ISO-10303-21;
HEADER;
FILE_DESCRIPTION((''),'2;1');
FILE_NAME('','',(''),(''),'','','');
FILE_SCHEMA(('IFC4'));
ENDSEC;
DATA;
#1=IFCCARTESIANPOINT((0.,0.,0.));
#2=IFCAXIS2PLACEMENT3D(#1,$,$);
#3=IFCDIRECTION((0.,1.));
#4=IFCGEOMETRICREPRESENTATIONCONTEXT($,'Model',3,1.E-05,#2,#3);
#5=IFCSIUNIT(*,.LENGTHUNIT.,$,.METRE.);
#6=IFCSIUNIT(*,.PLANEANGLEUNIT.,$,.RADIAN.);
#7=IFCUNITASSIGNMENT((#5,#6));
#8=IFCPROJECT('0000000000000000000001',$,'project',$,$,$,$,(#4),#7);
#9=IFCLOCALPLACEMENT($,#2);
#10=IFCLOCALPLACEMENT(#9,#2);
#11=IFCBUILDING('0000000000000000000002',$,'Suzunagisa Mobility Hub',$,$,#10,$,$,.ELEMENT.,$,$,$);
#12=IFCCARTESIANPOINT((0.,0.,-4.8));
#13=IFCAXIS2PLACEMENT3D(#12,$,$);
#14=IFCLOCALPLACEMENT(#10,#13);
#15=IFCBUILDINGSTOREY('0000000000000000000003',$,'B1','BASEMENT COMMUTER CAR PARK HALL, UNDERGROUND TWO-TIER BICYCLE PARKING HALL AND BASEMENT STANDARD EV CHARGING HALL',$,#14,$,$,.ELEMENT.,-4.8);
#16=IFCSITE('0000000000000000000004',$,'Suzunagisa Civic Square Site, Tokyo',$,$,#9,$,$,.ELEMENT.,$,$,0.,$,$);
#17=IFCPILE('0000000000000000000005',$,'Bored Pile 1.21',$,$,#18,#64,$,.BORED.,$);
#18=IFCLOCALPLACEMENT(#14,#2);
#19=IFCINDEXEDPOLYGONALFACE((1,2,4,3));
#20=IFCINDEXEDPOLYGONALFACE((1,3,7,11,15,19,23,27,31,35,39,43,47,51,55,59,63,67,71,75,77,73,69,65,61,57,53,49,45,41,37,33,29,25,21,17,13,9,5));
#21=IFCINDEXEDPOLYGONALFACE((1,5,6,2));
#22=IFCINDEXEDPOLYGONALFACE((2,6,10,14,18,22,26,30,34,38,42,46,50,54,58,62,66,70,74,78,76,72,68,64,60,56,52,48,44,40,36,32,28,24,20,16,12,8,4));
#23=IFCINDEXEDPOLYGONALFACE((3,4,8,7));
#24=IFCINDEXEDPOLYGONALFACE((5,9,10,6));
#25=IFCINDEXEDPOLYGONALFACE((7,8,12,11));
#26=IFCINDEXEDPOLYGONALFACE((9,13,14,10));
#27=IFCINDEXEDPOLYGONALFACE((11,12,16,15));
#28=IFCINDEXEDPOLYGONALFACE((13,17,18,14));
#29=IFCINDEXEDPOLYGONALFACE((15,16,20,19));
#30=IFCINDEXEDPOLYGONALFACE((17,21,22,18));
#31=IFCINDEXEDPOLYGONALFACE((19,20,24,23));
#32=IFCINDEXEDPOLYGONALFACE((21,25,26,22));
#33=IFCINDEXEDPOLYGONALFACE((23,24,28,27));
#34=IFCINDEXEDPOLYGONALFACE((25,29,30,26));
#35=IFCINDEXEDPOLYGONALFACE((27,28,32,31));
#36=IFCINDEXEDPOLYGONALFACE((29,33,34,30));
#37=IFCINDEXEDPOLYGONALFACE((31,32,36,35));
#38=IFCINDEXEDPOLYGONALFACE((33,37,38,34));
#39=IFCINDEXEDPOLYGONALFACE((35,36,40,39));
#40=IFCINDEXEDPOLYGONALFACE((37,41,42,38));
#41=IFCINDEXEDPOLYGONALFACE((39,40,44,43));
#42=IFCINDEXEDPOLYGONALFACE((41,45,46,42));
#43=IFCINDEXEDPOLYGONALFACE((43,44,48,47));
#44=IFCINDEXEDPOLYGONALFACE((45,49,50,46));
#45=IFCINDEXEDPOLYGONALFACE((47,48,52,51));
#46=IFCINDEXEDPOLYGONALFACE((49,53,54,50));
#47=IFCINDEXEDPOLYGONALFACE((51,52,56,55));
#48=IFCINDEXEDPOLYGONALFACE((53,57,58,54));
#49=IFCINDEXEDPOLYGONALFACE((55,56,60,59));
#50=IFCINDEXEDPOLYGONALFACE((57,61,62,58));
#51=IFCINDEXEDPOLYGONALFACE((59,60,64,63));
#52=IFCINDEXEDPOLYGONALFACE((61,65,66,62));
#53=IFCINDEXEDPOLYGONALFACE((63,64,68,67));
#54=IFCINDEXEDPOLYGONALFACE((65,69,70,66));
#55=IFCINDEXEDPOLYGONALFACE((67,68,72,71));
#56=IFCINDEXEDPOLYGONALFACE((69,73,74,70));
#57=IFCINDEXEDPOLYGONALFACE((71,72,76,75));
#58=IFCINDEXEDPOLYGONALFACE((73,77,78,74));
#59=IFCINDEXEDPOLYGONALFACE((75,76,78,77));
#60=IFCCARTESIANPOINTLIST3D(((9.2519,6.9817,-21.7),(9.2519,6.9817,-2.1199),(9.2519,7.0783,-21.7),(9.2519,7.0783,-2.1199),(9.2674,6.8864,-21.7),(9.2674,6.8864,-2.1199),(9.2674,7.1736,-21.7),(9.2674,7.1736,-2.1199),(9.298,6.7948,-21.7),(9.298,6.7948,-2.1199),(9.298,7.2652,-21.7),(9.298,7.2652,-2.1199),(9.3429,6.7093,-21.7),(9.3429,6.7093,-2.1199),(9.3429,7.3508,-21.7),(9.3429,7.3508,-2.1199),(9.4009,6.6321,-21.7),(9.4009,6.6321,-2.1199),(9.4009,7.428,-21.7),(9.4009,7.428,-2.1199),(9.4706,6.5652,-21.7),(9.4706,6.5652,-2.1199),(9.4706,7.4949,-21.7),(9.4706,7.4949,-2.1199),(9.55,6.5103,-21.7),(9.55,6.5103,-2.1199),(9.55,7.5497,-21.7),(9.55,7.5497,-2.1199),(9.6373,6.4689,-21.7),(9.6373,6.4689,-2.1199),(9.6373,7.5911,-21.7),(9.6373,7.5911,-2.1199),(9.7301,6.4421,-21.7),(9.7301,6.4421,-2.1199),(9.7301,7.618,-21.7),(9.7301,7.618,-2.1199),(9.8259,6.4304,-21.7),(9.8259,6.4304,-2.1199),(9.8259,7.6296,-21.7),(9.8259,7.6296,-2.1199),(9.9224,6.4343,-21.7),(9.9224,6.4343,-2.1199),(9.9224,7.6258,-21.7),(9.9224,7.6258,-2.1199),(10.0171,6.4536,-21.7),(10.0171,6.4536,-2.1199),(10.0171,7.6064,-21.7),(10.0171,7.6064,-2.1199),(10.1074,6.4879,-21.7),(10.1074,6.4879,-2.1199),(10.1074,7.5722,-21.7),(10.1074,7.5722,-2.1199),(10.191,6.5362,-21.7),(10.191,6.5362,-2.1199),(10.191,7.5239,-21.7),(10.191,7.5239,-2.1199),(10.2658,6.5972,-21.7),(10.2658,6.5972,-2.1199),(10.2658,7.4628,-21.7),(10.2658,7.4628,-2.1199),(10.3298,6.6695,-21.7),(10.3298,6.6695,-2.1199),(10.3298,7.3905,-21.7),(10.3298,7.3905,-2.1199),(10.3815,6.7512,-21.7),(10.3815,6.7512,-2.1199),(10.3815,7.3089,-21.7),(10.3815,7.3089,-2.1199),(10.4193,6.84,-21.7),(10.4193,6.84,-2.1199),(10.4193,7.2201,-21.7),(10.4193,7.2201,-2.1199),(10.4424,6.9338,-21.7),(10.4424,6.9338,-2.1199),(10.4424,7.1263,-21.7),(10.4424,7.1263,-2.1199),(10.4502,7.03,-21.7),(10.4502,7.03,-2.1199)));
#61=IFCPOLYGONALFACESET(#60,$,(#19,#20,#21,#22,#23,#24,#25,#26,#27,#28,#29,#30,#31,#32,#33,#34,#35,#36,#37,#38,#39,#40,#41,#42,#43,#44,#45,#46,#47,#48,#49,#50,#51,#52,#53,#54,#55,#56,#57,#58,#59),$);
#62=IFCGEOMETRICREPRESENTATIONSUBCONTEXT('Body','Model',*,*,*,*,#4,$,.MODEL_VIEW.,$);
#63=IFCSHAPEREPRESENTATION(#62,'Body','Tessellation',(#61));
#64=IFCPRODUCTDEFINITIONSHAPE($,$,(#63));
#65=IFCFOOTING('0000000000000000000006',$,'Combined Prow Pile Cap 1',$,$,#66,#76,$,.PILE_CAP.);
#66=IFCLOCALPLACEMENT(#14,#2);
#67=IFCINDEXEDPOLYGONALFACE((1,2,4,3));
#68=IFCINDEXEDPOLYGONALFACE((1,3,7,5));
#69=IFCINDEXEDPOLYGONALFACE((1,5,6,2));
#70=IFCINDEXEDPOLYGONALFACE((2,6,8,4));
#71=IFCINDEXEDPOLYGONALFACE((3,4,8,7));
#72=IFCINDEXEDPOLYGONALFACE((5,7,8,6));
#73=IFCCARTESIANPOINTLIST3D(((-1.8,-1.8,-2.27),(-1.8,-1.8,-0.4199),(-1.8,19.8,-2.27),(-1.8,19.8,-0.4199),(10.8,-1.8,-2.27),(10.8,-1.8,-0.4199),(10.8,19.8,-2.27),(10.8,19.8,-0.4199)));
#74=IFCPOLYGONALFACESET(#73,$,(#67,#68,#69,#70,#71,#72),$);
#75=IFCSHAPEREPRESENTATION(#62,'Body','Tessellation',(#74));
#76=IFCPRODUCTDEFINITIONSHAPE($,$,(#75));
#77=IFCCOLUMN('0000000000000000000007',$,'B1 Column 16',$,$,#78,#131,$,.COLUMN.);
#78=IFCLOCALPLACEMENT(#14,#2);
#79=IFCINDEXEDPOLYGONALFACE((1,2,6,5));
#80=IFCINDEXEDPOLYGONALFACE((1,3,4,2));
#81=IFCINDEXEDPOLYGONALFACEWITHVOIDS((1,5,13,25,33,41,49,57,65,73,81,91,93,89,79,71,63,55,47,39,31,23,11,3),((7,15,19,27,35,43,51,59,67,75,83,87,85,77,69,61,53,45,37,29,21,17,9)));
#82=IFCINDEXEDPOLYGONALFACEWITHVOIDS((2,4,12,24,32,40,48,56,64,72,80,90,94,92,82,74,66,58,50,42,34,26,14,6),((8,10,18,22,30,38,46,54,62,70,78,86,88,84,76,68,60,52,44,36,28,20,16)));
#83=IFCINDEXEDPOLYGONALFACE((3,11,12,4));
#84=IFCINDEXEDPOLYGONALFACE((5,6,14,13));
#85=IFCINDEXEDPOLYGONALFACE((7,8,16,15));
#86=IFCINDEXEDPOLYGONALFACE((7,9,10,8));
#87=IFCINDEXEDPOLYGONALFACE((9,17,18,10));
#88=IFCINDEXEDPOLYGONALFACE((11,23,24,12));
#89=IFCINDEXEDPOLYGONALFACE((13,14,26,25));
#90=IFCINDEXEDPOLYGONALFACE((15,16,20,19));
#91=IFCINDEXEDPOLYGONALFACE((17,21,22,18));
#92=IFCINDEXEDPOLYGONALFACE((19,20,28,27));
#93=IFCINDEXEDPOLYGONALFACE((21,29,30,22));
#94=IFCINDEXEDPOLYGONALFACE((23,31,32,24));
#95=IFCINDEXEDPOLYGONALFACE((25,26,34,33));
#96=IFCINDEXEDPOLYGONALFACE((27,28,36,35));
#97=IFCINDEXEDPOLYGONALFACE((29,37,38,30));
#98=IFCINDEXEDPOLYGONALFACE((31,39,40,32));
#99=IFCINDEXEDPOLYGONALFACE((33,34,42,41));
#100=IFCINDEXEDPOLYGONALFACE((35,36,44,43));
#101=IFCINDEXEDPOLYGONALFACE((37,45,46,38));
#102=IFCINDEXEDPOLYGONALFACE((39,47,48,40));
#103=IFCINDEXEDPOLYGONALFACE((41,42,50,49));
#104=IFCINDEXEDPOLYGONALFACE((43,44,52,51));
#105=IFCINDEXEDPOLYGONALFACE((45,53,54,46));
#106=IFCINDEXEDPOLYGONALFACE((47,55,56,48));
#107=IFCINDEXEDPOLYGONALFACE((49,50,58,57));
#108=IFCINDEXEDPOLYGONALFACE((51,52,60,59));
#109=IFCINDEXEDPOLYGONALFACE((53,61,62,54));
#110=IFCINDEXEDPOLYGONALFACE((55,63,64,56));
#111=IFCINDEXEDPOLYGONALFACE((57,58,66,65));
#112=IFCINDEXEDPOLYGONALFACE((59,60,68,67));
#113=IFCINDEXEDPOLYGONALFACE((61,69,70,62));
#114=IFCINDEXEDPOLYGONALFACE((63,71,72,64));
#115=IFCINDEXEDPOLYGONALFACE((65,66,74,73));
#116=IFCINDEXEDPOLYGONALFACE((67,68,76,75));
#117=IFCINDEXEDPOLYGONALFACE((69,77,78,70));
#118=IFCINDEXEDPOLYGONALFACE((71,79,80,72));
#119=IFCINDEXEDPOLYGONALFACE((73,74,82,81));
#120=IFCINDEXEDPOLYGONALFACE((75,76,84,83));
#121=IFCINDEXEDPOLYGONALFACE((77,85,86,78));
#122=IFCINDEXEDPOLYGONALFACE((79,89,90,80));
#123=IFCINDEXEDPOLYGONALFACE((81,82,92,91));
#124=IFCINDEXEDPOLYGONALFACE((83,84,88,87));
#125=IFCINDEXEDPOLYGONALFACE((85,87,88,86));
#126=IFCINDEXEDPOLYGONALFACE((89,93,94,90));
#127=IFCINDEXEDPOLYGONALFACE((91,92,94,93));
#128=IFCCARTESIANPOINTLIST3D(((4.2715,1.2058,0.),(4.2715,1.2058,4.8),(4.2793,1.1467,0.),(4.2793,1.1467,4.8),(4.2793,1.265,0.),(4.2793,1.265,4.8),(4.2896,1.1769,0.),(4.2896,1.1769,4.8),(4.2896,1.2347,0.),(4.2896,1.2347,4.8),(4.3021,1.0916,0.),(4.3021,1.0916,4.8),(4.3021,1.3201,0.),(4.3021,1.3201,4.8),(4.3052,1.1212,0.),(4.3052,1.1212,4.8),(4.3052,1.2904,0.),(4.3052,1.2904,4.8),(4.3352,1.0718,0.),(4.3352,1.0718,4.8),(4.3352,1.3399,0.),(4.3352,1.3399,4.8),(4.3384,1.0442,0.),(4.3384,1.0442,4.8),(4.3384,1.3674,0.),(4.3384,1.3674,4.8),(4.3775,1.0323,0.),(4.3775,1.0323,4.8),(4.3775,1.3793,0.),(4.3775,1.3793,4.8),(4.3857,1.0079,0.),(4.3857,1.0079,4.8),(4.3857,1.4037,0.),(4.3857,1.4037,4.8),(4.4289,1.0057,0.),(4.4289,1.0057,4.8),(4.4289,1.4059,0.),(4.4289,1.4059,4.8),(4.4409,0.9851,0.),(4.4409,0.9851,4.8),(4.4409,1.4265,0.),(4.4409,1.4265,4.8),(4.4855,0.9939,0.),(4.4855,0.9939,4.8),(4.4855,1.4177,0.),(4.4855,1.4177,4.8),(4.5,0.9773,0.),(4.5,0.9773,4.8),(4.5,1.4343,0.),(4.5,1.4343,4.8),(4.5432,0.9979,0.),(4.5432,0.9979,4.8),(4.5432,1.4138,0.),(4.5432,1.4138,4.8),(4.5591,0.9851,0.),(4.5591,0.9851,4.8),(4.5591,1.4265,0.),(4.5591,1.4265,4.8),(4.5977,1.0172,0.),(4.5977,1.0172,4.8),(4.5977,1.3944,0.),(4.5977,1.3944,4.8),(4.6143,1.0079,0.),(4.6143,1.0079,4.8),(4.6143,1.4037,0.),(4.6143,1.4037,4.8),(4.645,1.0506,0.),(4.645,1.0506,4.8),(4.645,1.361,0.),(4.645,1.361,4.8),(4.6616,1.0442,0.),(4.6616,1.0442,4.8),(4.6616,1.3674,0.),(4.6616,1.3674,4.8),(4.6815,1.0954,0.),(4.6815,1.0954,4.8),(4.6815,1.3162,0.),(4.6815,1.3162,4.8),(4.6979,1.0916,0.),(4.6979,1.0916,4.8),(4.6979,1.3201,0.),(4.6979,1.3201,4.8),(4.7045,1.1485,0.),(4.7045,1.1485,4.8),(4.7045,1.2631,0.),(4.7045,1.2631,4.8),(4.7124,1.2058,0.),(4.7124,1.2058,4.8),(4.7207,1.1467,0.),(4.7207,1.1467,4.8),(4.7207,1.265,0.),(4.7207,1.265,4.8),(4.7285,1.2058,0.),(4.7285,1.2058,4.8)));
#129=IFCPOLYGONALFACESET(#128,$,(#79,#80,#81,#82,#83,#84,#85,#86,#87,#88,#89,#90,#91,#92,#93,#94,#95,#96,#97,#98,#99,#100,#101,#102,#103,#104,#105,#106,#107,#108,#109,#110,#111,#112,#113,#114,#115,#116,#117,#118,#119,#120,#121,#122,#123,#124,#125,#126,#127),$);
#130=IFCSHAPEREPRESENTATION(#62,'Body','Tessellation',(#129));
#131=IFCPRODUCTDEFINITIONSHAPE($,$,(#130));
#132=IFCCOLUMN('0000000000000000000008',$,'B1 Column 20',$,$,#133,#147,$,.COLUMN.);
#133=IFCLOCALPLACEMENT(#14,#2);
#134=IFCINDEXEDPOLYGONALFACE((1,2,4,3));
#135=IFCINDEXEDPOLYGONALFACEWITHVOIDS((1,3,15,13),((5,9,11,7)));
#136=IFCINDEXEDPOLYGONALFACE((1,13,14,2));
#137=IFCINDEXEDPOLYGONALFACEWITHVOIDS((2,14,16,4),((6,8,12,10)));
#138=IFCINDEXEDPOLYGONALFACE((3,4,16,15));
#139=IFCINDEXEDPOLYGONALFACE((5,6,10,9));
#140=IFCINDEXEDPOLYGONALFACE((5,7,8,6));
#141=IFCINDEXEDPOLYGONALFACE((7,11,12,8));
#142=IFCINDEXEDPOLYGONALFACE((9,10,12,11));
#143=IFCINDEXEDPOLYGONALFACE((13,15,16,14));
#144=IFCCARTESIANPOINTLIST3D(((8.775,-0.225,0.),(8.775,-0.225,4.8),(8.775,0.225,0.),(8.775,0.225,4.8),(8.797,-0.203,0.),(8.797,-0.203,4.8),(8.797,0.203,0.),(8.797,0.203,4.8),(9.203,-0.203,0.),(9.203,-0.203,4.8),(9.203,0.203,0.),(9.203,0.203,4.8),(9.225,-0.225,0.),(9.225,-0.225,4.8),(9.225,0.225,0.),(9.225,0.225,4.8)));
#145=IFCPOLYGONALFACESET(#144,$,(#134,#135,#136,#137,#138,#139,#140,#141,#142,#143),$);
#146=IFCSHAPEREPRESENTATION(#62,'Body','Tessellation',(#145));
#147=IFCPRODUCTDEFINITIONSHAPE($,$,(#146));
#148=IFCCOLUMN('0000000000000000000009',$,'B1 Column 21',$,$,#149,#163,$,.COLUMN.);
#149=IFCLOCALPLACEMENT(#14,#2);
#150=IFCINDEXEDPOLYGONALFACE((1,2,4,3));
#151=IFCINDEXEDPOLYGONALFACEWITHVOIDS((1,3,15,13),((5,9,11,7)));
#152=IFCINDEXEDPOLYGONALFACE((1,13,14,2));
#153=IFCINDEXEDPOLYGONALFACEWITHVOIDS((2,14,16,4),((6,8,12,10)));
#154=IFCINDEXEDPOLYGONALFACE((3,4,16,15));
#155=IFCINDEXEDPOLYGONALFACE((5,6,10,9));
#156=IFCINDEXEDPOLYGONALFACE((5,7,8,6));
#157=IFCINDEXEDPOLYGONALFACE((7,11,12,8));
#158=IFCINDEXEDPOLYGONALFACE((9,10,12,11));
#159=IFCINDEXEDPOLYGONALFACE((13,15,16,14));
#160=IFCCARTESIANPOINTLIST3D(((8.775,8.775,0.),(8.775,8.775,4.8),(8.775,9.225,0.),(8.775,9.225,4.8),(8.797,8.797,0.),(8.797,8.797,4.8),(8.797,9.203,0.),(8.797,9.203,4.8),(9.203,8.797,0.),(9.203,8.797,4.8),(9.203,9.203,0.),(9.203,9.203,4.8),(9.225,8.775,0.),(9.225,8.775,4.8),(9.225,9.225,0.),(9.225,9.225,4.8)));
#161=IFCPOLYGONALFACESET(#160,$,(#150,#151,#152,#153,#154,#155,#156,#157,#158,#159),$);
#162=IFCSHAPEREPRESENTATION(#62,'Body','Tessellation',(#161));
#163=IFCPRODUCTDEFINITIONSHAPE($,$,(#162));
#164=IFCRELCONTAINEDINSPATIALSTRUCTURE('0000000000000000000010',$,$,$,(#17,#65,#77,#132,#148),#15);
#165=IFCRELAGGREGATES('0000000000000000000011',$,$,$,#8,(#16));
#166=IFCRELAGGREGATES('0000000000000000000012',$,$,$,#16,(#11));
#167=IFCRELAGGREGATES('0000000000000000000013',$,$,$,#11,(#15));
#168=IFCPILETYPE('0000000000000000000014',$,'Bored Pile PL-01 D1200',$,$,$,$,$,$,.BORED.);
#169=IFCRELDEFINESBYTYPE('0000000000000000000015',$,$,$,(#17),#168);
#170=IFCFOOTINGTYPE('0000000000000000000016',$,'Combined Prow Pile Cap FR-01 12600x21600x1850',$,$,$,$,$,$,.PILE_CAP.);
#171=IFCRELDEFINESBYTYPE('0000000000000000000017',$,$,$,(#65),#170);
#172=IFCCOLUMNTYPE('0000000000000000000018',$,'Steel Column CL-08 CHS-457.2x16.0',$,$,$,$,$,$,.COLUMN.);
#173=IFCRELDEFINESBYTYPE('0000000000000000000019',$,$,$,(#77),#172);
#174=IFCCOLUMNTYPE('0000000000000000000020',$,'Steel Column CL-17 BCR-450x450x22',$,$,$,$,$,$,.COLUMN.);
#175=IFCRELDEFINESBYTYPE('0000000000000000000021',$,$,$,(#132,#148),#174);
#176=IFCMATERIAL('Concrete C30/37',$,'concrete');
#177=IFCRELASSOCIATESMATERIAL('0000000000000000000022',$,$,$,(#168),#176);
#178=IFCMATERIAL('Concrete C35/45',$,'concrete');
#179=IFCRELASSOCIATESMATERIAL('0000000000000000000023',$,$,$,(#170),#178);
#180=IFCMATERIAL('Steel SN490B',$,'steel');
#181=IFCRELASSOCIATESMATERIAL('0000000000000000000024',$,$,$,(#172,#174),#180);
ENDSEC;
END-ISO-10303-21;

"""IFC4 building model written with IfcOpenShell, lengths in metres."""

from ifc_helpers import new_model, si_unit, direction, frame, origin, origin_2d, place, context, subcontext, project, spatial, rectangle, hollow_rectangle, circle, hollow_circle, extrude, material, material_profile, profile_set, type_object, element, save


model = new_model("IFC4")

# Units and contexts
model_context = context("Model", 3, precision=1e-05, world=origin(), true_north=direction((0.0, 1.0)))
body_context = subcontext(model_context, "Body", "Model", "MODEL_VIEW")
ifc_project = project(units=[si_unit("LENGTHUNIT", "METRE"), si_unit("PLANEANGLEUNIT", "RADIAN")], contexts=[model_context])

# Site, building, storey
site_placement = place(None, origin())
site = spatial("IfcSite", under=ifc_project, at=site_placement, Name="Suzunagisa Civic Square Site, Tokyo", CompositionType="ELEMENT", RefElevation=0.0)
building_placement = place(site_placement, origin())
building = spatial("IfcBuilding", under=site, at=building_placement, Name="Suzunagisa Mobility Hub", CompositionType="ELEMENT")
storey_placement = place(building_placement, frame((0.0, 0.0, -4.8)))
storey = spatial("IfcBuildingStorey", under=building, at=storey_placement, Name="B1", Description="BASEMENT COMMUTER CAR PARK HALL, UNDERGROUND TWO-TIER BICYCLE PARKING HALL AND BASEMENT STANDARD EV CHARGING HALL", CompositionType="ELEMENT", Elevation=-4.8)

# Pile
ifc_material_1 = material(Name="Concrete C30/37", Category="concrete")
ifc_material_profile_1 = material_profile(ifc_material_1, circle(Radius=0.6001, at=origin_2d()), Name="BORED PILE D1200")
ifc_profile_set_1 = profile_set([ifc_material_profile_1], Name="Concrete C30/37")
pile_type = type_object("IfcPileType", Name="Bored Pile PL-01 D1200", PredefinedType="BORED", material=ifc_profile_set_1)
for number, where, z_axis, x_axis, name in (
    (1, (9.8501, 7.03, -2.1199), (0.0, 0.0, -1.0), (1.0, 0.0, 0.0), "Bored Pile 1.21"),
):
    element("IfcPile", number, at=place(storey_placement, frame(where, z_axis=z_axis, x_axis=x_axis)), inside=storey, type_object=pile_type, Name=name, PredefinedType="BORED", context=body_context, shape_type="SweptSolid", body=[
        extrude(circle(Radius=0.6001, at=origin_2d()), origin(), (0.0, 0.0, 1.0), 19.5801),
    ])

# Footing
ifc_material_2 = material(Name="Concrete C35/45", Category="concrete")
footing_type = type_object("IfcFootingType", Name="Combined Prow Pile Cap FR-01 12600x21600x1850", PredefinedType="PILE_CAP", material=ifc_material_2)
footing_placement = place(storey_placement, frame((4.5, 9.0, -2.27), z_axis=(0.0, 0.0, 1.0), x_axis=(1.0, 0.0, 0.0)))
element("IfcFooting", 2, at=footing_placement, inside=storey, type_object=footing_type, Name="Combined Prow Pile Cap 1", PredefinedType="PILE_CAP", context=body_context, shape_type="SweptSolid", body=[
    extrude(rectangle(XDim=12.6001, YDim=21.6001, at=origin_2d()), origin(), (0.0, 0.0, 1.0), 1.8501),
])

# Columns
ifc_material_3 = material(Name="Steel SN490B", Category="steel")
ifc_material_profile_2 = material_profile(ifc_material_3, hollow_circle(Radius=0.2285, WallThickness=0.0161, at=origin_2d()), Name="CHS-457.2x16.0")
ifc_profile_set_2 = profile_set([ifc_material_profile_2], Name="Steel SN490B")
column_type_1 = type_object("IfcColumnType", Name="Steel Column CL-08 CHS-457.2x16.0", PredefinedType="COLUMN", material=ifc_profile_set_2)
column_placement = place(storey_placement, frame((4.5, 1.2058, 0.0), z_axis=(0.0, 0.0, 1.0), x_axis=(1.0, 0.0, 0.0)))
element("IfcColumn", 3, at=column_placement, inside=storey, type_object=column_type_1, Name="B1 Column 16", PredefinedType="COLUMN", context=body_context, shape_type="SweptSolid", body=[
    extrude(hollow_circle(Radius=0.2285, WallThickness=0.0161, at=origin_2d()), origin(), (0.0, 0.0, 1.0), 4.8),
])
ifc_material_profile_3 = material_profile(ifc_material_3, hollow_rectangle(XDim=0.45, YDim=0.45, WallThickness=0.022, at=origin_2d()), Name="BCR-450x450x22")
ifc_profile_set_3 = profile_set([ifc_material_profile_3], Name="Steel SN490B")
column_type_2 = type_object("IfcColumnType", Name="Steel Column CL-17 BCR-450x450x22", PredefinedType="COLUMN", material=ifc_profile_set_3)
for number, where, z_axis, x_axis, name in (
    (4, (9.0, 0.0, 0.0), (0.0, 0.0, 1.0), (1.0, 0.0, 0.0), "B1 Column 20"),
    (5, (9.0, 9.0, 0.0), (0.0, 0.0, 1.0), (1.0, 0.0, 0.0), "B1 Column 21"),
):
    element("IfcColumn", number, at=place(storey_placement, frame(where, z_axis=z_axis, x_axis=x_axis)), inside=storey, type_object=column_type_2, Name=name, PredefinedType="COLUMN", context=body_context, shape_type="SweptSolid", body=[
        extrude(hollow_rectangle(XDim=0.45, YDim=0.45, WallThickness=0.022, at=origin_2d()), origin(), (0.0, 0.0, 1.0), 4.8),
    ])

save(model, "model.ifc")
